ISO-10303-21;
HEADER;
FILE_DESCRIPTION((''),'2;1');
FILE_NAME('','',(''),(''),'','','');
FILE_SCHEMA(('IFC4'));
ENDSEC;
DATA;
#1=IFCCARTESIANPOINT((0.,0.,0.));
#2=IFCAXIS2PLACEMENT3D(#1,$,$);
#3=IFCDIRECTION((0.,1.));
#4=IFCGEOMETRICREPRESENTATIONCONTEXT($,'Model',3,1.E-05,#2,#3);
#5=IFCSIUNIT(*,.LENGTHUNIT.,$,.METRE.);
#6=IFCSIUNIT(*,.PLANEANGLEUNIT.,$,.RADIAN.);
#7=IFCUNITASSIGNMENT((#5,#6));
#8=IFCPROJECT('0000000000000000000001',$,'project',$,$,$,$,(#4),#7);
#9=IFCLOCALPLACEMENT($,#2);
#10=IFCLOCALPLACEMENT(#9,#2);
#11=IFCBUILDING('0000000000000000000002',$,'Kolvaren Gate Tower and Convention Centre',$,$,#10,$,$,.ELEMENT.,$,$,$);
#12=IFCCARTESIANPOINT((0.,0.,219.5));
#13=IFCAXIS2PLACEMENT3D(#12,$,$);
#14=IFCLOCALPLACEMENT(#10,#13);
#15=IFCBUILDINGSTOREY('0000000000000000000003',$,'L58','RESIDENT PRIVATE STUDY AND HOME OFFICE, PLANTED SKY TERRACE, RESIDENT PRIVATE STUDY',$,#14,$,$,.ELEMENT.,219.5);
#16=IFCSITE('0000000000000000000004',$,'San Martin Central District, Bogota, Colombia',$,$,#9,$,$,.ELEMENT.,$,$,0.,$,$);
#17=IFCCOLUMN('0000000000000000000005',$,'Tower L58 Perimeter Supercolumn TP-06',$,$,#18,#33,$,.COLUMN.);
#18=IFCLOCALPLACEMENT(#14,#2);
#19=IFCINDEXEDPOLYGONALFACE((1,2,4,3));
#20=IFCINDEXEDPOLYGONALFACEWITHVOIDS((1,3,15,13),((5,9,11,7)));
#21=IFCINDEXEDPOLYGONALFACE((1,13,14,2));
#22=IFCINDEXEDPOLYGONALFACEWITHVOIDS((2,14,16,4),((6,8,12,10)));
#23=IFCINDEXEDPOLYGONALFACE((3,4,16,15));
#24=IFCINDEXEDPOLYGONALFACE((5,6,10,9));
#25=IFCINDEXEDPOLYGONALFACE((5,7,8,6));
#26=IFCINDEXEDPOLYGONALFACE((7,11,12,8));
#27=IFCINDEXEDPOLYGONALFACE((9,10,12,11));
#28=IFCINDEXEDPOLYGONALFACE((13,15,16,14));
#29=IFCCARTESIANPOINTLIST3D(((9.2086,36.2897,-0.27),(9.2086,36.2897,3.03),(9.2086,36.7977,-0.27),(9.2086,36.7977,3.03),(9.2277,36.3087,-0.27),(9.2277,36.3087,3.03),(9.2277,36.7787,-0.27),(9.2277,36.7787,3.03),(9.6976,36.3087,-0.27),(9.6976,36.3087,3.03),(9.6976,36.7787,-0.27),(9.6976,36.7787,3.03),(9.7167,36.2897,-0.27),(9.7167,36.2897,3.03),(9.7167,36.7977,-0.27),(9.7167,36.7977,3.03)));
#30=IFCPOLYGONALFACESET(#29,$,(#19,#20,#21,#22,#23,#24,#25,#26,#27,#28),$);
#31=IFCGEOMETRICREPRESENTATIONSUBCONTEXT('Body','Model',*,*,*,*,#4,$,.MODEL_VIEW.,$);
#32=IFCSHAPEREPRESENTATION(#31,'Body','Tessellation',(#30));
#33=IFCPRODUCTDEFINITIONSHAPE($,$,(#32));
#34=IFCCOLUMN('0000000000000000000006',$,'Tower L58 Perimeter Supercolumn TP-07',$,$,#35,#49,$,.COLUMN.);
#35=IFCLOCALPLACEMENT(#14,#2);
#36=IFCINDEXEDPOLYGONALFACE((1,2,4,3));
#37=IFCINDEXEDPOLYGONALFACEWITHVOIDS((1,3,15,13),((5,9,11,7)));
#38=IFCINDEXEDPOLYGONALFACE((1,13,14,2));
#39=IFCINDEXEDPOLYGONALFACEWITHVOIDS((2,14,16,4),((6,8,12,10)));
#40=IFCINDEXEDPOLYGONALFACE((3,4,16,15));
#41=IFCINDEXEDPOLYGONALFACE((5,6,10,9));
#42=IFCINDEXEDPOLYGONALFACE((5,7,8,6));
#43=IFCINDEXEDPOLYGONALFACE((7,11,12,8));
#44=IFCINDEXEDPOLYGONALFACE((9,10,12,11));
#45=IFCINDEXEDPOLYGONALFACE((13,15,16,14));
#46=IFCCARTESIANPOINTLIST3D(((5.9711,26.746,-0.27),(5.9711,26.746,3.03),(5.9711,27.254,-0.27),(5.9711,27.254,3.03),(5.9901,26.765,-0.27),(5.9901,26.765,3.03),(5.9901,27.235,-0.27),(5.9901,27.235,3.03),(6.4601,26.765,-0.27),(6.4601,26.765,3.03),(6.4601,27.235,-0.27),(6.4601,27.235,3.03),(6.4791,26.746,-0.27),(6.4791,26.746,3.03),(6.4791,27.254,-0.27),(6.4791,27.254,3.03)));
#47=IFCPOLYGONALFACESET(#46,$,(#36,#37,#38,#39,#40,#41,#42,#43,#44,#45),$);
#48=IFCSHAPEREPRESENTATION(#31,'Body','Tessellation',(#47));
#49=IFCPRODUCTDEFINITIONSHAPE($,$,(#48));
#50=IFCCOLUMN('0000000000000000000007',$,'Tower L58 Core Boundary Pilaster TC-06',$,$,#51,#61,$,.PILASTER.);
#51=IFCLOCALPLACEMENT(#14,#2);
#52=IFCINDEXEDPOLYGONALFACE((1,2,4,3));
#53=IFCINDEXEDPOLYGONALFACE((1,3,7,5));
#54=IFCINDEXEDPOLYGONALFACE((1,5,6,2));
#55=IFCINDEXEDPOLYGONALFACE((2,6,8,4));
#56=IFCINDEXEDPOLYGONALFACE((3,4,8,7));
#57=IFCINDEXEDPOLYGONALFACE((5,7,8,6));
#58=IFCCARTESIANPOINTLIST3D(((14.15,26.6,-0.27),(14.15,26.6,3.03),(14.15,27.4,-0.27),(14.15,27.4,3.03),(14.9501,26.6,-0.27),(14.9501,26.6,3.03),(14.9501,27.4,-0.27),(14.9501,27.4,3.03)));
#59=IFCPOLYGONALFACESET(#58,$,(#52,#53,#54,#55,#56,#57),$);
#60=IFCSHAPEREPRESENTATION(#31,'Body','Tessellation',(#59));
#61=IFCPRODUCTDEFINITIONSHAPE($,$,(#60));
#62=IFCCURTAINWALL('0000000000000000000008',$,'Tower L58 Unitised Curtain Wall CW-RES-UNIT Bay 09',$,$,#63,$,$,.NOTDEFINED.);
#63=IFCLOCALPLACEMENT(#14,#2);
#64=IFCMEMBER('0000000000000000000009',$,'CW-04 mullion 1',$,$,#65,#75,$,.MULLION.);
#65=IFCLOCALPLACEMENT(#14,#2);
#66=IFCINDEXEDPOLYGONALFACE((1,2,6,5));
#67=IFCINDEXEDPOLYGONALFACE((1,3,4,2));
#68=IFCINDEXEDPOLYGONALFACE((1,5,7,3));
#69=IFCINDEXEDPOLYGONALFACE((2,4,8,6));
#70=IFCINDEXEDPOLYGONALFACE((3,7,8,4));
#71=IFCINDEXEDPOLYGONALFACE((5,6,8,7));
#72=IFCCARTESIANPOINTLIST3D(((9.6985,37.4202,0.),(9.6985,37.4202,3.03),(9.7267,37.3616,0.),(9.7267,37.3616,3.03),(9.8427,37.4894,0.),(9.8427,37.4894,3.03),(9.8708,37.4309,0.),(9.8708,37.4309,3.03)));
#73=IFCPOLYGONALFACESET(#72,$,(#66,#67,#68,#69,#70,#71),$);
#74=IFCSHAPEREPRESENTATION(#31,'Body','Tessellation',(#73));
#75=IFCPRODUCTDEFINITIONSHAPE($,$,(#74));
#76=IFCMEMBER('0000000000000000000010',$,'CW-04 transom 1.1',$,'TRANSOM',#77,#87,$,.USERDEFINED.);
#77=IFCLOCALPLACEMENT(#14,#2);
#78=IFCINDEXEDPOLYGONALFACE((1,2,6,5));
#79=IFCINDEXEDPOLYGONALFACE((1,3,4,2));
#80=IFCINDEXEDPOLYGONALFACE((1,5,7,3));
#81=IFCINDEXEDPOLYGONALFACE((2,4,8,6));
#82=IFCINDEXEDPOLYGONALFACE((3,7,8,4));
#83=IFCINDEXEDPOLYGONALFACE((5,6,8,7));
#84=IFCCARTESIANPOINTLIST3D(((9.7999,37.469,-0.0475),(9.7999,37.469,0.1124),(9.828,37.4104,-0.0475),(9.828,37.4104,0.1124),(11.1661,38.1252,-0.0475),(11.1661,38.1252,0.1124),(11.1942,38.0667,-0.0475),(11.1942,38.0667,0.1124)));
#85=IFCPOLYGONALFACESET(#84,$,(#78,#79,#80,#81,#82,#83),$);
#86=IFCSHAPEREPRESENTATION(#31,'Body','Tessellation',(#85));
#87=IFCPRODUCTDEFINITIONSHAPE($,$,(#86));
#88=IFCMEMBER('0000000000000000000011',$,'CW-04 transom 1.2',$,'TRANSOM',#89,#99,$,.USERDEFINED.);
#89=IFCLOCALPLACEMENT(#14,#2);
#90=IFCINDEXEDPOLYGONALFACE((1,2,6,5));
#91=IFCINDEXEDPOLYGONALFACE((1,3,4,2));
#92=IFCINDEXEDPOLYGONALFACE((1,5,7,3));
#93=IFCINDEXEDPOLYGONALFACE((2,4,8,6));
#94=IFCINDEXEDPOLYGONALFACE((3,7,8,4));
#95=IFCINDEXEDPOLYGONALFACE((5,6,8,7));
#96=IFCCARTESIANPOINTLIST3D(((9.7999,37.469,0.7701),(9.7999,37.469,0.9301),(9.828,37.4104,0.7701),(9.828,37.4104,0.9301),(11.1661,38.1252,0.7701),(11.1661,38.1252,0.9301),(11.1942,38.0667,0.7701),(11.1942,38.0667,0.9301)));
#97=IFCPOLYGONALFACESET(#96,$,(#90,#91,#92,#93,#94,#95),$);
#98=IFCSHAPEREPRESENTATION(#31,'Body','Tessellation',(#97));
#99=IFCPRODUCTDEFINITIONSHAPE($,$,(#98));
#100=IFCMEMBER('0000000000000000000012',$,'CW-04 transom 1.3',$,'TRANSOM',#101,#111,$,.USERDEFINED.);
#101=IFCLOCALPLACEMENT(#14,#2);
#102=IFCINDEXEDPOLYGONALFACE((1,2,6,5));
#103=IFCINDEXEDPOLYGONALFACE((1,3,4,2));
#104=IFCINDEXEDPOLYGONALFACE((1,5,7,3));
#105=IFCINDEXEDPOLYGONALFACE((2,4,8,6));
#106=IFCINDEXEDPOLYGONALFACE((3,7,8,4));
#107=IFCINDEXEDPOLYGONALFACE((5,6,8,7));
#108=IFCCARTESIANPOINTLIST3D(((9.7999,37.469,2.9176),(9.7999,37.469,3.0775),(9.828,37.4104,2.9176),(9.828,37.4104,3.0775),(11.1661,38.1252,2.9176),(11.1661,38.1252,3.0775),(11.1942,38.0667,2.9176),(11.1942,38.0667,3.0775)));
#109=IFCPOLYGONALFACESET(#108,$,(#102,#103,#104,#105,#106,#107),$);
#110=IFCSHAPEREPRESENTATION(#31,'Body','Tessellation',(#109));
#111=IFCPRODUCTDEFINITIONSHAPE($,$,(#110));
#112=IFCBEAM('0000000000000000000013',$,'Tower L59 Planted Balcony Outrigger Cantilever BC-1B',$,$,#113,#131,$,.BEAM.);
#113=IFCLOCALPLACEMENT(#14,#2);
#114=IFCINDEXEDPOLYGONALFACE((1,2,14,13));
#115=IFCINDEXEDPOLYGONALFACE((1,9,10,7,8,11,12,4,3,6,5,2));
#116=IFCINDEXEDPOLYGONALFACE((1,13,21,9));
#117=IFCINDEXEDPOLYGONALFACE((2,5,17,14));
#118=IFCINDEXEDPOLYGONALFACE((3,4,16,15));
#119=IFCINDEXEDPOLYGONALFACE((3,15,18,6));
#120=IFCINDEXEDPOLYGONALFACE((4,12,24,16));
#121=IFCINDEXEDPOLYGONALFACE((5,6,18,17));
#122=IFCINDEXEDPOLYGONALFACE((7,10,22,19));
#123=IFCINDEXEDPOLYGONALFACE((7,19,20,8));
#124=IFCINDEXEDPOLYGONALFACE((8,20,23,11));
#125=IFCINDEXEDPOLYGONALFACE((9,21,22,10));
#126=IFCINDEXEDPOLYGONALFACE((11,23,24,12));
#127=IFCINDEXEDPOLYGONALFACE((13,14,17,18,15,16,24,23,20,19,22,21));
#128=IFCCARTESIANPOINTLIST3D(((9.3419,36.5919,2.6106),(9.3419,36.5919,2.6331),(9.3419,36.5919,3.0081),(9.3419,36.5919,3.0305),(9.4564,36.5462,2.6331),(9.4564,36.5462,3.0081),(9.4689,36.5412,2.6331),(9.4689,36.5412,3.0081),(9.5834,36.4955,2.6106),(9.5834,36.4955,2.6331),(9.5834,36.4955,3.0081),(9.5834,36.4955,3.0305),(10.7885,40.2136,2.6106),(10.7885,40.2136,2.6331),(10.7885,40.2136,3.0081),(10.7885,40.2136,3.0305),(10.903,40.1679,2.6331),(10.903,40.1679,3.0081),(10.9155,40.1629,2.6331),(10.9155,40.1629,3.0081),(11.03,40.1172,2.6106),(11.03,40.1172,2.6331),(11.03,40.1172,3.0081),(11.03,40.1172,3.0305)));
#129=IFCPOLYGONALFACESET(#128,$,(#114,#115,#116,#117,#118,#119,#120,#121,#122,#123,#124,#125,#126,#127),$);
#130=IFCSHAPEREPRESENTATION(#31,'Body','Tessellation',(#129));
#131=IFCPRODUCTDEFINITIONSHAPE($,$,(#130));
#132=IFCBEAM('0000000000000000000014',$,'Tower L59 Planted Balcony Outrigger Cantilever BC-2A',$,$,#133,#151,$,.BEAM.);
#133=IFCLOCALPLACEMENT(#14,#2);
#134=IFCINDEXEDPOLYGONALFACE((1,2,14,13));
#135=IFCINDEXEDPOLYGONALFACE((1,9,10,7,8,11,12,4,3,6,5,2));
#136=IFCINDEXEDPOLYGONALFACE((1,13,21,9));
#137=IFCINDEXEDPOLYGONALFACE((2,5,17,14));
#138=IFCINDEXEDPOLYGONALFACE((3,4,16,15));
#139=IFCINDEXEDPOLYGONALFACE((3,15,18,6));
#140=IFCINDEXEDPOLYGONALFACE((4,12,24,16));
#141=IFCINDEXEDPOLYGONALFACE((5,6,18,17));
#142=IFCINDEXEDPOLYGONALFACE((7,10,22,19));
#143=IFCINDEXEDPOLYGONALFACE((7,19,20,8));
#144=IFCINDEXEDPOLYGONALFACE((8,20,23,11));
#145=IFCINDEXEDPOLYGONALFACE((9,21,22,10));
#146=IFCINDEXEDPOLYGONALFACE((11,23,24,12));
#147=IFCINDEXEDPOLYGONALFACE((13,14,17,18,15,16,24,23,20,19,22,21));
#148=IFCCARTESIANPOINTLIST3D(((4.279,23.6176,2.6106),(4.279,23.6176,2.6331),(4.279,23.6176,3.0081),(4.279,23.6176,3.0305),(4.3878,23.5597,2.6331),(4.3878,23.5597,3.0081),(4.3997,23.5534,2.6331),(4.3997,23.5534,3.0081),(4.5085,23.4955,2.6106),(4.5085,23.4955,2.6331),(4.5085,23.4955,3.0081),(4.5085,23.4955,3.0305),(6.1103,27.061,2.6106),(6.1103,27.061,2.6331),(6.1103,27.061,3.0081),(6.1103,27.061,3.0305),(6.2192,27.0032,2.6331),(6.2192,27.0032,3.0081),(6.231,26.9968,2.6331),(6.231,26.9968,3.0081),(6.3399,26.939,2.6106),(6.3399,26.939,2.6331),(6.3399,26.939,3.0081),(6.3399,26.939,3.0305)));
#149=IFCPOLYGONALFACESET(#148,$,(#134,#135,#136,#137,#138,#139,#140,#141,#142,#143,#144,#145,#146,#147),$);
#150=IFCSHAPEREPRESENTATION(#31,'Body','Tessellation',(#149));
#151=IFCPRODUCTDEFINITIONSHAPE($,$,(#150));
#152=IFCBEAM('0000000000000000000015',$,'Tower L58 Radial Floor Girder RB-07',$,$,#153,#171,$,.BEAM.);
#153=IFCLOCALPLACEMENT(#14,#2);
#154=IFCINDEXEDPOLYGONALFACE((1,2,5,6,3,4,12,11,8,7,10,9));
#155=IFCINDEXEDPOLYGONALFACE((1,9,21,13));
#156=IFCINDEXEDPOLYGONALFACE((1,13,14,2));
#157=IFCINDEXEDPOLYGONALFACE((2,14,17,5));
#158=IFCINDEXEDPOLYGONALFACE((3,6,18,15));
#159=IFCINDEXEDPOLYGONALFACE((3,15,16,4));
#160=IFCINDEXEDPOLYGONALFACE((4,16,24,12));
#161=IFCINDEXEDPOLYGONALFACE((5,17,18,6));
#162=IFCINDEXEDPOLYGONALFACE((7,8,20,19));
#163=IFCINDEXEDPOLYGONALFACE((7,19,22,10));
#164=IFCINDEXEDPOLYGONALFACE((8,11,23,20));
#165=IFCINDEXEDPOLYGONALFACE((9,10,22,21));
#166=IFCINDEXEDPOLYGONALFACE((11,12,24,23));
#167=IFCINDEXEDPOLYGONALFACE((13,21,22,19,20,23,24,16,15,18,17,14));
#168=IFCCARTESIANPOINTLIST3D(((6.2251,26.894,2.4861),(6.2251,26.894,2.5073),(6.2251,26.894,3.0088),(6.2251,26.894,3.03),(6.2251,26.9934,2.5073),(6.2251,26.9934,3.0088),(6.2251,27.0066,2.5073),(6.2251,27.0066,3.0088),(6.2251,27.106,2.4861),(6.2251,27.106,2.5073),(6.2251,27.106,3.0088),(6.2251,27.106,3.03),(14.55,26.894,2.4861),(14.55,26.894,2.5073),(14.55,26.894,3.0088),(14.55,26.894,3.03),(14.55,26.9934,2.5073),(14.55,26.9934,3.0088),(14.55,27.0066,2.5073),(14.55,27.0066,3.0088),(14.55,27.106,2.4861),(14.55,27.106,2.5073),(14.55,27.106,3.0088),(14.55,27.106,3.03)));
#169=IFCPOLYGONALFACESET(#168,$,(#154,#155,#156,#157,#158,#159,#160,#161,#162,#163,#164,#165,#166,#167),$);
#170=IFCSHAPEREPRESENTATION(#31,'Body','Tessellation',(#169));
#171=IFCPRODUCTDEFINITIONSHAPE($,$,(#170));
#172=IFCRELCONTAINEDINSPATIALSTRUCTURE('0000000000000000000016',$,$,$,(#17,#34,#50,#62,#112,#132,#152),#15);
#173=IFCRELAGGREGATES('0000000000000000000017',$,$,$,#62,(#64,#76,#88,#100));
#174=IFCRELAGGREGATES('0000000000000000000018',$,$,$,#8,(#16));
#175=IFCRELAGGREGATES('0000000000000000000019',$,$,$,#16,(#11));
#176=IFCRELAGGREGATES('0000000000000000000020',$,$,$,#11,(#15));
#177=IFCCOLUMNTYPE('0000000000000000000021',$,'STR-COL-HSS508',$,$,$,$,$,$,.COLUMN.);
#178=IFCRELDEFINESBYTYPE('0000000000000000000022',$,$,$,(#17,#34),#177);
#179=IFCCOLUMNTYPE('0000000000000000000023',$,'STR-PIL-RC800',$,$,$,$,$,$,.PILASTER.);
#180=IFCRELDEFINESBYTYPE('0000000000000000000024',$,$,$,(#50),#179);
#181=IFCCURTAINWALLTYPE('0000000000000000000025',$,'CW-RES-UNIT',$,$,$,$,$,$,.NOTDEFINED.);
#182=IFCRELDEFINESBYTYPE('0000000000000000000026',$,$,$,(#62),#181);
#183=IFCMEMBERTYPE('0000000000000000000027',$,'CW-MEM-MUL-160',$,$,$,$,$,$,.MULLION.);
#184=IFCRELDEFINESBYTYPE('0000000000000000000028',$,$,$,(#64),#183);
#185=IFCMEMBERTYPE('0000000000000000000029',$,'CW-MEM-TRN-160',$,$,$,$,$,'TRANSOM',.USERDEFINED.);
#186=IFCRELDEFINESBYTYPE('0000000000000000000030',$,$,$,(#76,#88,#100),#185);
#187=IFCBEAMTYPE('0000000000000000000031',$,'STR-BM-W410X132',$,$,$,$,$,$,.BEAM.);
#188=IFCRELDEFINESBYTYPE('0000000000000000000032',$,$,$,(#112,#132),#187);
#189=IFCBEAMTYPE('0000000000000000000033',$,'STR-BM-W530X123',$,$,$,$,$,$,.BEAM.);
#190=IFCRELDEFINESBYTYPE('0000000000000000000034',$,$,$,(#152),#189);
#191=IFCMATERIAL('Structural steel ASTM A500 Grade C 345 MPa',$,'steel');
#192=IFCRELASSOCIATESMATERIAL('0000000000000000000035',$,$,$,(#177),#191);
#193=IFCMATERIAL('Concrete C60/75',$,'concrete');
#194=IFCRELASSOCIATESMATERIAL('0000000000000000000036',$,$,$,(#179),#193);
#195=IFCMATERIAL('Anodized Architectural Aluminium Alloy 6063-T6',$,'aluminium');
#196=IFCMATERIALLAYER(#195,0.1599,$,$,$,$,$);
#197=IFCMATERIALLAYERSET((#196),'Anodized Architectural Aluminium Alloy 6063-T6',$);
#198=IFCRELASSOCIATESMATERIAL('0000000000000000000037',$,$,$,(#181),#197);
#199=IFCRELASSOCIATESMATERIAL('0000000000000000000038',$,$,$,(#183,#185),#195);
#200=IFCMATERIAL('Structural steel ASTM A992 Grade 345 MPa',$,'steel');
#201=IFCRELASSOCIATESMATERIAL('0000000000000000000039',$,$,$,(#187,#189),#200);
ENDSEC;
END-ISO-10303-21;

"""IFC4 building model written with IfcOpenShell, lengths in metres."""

from ifc_helpers import new_model, si_unit, direction, frame, origin, origin_2d, place, context, subcontext, project, spatial, rectangle, hollow_rectangle, i_section, extrude, material, layer, layer_set, material_profile, profile_set, type_object, element, aggregate, save


model = new_model("IFC4")

# Units and contexts
model_context = context("Model", 3, precision=1e-05, world=origin(), true_north=direction((0.0, 1.0)))
body_context = subcontext(model_context, "Body", "Model", "MODEL_VIEW")
ifc_project = project(units=[si_unit("LENGTHUNIT", "METRE"), si_unit("PLANEANGLEUNIT", "RADIAN")], contexts=[model_context])

# Site, building, storey
site_placement = place(None, origin())
site = spatial("IfcSite", under=ifc_project, at=site_placement, Name="San Martin Central District, Bogota, Colombia", CompositionType="ELEMENT", RefElevation=0.0)
building_placement = place(site_placement, origin())
building = spatial("IfcBuilding", under=site, at=building_placement, Name="Kolvaren Gate Tower and Convention Centre", CompositionType="ELEMENT")
storey_placement = place(building_placement, frame((0.0, 0.0, 219.5)))
storey = spatial("IfcBuildingStorey", under=building, at=storey_placement, Name="L58", Description="RESIDENT PRIVATE STUDY AND HOME OFFICE, PLANTED SKY TERRACE, RESIDENT PRIVATE STUDY", CompositionType="ELEMENT", Elevation=219.5)

# Columns
ifc_material_1 = material(Name="Structural steel ASTM A500 Grade C 345 MPa", Category="steel")
ifc_material_profile_1 = material_profile(ifc_material_1, hollow_rectangle(XDim=0.5081, YDim=0.5081, WallThickness=0.019, at=origin_2d()), Name="HSS508X508X19.1")
ifc_profile_set_1 = profile_set([ifc_material_profile_1], Name="Structural steel ASTM A500 Grade C 345 MPa")
column_type_1 = type_object("IfcColumnType", Name="STR-COL-HSS508", PredefinedType="COLUMN", material=ifc_profile_set_1)
for number, where, z_axis, x_axis, name in (
    (1, (9.4626, 36.5437, -0.27), (0.0, 0.0, 1.0), (1.0, 0.0, 0.0), "Tower L58 Perimeter Supercolumn TP-06"),
    (2, (6.2251, 27.0, -0.27), (0.0, 0.0, 1.0), (1.0, 0.0, 0.0), "Tower L58 Perimeter Supercolumn TP-07"),
):
    element("IfcColumn", number, at=place(storey_placement, frame(where, z_axis=z_axis, x_axis=x_axis)), inside=storey, type_object=column_type_1, Name=name, PredefinedType="COLUMN", context=body_context, shape_type="SweptSolid", body=[
        extrude(hollow_rectangle(XDim=0.5081, YDim=0.5081, WallThickness=0.019, at=origin_2d()), origin(), (0.0, 0.0, 1.0), 3.3),
    ])
ifc_material_2 = material(Name="Concrete C60/75", Category="concrete")
ifc_material_profile_2 = material_profile(ifc_material_2, rectangle(XDim=0.8, YDim=0.8, at=origin_2d()), Name="RC-COL-800X800")
ifc_profile_set_2 = profile_set([ifc_material_profile_2], Name="Concrete C60/75")
column_type_2 = type_object("IfcColumnType", Name="STR-PIL-RC800", PredefinedType="PILASTER", material=ifc_profile_set_2)
column_placement = place(storey_placement, frame((14.55, 27.0, -0.27), z_axis=(0.0, 0.0, 1.0), x_axis=(1.0, 0.0, 0.0)))
element("IfcColumn", 3, at=column_placement, inside=storey, type_object=column_type_2, Name="Tower L58 Core Boundary Pilaster TC-06", PredefinedType="PILASTER", context=body_context, shape_type="SweptSolid", body=[
    extrude(rectangle(XDim=0.8, YDim=0.8, at=origin_2d()), origin(), (0.0, 0.0, 1.0), 3.3),
])

# Curtain wall, members
ifc_material_3 = material(Name="Anodized Architectural Aluminium Alloy 6063-T6", Category="aluminium")
ifc_layer_1 = layer(ifc_material_3, 0.1599)
ifc_layer_set_1 = layer_set([ifc_layer_1], Name="Anodized Architectural Aluminium Alloy 6063-T6")
curtain_wall_type = type_object("IfcCurtainWallType", Name="CW-RES-UNIT", PredefinedType="NOTDEFINED", material=ifc_layer_set_1)
curtain_wall_placement = place(storey_placement, origin())
curtain_wall = element("IfcCurtainWall", 4, at=curtain_wall_placement, inside=storey, type_object=curtain_wall_type, Name="Tower L58 Unitised Curtain Wall CW-RES-UNIT Bay 09", PredefinedType="NOTDEFINED")
ifc_material_profile_3 = material_profile(ifc_material_3, rectangle(XDim=0.0649, YDim=0.1599, at=origin_2d()), Name="CW-MEM-MUL-160")
ifc_profile_set_3 = profile_set([ifc_material_profile_3], Name="Anodized Architectural Aluminium Alloy 6063-T6")
member_type_1 = type_object("IfcMemberType", Name="CW-MEM-MUL-160", PredefinedType="MULLION", material=ifc_profile_set_3)
member_1_placement = place(storey_placement, frame((9.7847, 37.4255, 0.0), z_axis=(0.0, 0.0, 1.0), x_axis=(-0.433066, 0.901362, 0.0)))
member_1 = element("IfcMember", 5, at=member_1_placement, type_object=member_type_1, Name="CW-04 mullion 1", PredefinedType="MULLION", context=body_context, shape_type="SweptSolid", body=[
    extrude(rectangle(XDim=0.0649, YDim=0.1599, at=origin_2d()), origin(), (0.0, 0.0, 1.0), 3.03),
])
ifc_material_profile_4 = material_profile(ifc_material_3, rectangle(XDim=0.0649, YDim=0.1599, at=origin_2d()), Name="CW-MEM-TRN-160")
ifc_profile_set_4 = profile_set([ifc_material_profile_4], Name="Anodized Architectural Aluminium Alloy 6063-T6")
member_type_2 = type_object("IfcMemberType", Name="CW-MEM-TRN-160", ElementType="TRANSOM", PredefinedType="USERDEFINED", material=ifc_profile_set_4)
member_2_placement = place(storey_placement, frame((9.814, 37.4397, 0.0325), z_axis=(0.901402, 0.432982, 0.0), x_axis=(-0.432982, 0.901402, 0.0)))
member_2 = element("IfcMember", 6, at=member_2_placement, type_object=member_type_2, Name="CW-04 transom 1.1", ObjectType="TRANSOM", PredefinedType="USERDEFINED", context=body_context, shape_type="SweptSolid", body=[
    extrude(rectangle(XDim=0.0649, YDim=0.1599, at=origin_2d()), origin(), (0.0, 0.0, 1.0), 1.5156),
])
member_3_placement = place(storey_placement, frame((9.814, 37.4397, 0.8501), z_axis=(0.901402, 0.432982, 0.0), x_axis=(-0.432982, 0.901402, 0.0)))
member_3 = element("IfcMember", 7, at=member_3_placement, type_object=member_type_2, Name="CW-04 transom 1.2", ObjectType="TRANSOM", PredefinedType="USERDEFINED", context=body_context, shape_type="SweptSolid", body=[
    extrude(rectangle(XDim=0.0649, YDim=0.1599, at=origin_2d()), origin(), (0.0, 0.0, 1.0), 1.5156),
])
member_4_placement = place(storey_placement, frame((9.814, 37.4397, 2.9976), z_axis=(0.901402, 0.432982, 0.0), x_axis=(-0.432982, 0.901402, 0.0)))
member_4 = element("IfcMember", 8, at=member_4_placement, type_object=member_type_2, Name="CW-04 transom 1.3", ObjectType="TRANSOM", PredefinedType="USERDEFINED", context=body_context, shape_type="SweptSolid", body=[
    extrude(rectangle(XDim=0.0649, YDim=0.1599, at=origin_2d()), origin(), (0.0, 0.0, 1.0), 1.5156),
])
aggregate(curtain_wall, [member_1, member_2, member_3, member_4])

# Beams
ifc_material_4 = material(Name="Structural steel ASTM A992 Grade 345 MPa", Category="steel")
ifc_material_profile_5 = material_profile(ifc_material_4, i_section(OverallWidth=0.26, OverallDepth=0.4199, WebThickness=0.0134, FlangeThickness=0.0225, at=origin_2d()), Name="W410X132")
ifc_profile_set_5 = profile_set([ifc_material_profile_5], Name="Structural steel ASTM A992 Grade 345 MPa")
beam_type_1 = type_object("IfcBeamType", Name="STR-BM-W410X132", PredefinedType="BEAM", material=ifc_profile_set_5)
beam_1_placement = place(storey_placement, frame((9.4626, 36.5437, 2.8206), z_axis=(0.370926, 0.928662, 0.0), x_axis=(-0.928662, 0.370926, 0.0)))
element("IfcBeam", 9, at=beam_1_placement, inside=storey, type_object=beam_type_1, Name="Tower L59 Planted Balcony Outrigger Cantilever BC-1B", PredefinedType="BEAM", context=body_context, shape_type="SweptSolid", body=[
    extrude(i_section(OverallWidth=0.26, OverallDepth=0.4199, WebThickness=0.0134, FlangeThickness=0.0225, at=origin_2d()), origin(), (0.0, 0.0, 1.0), 3.8999),
])
beam_2_placement = place(storey_placement, frame((6.2251, 27.0, 2.8206), z_axis=(-0.469558, -0.882902, 0.0), x_axis=(0.882902, -0.469558, 0.0)))
element("IfcBeam", 10, at=beam_2_placement, inside=storey, type_object=beam_type_1, Name="Tower L59 Planted Balcony Outrigger Cantilever BC-2A", PredefinedType="BEAM", context=body_context, shape_type="SweptSolid", body=[
    extrude(i_section(OverallWidth=0.26, OverallDepth=0.4199, WebThickness=0.0134, FlangeThickness=0.0225, at=origin_2d()), origin(), (0.0, 0.0, 1.0), 3.9001),
])
ifc_material_profile_6 = material_profile(ifc_material_4, i_section(OverallWidth=0.2119, OverallDepth=0.5439, WebThickness=0.0132, FlangeThickness=0.0212, at=origin_2d()), Name="W530X123")
ifc_profile_set_6 = profile_set([ifc_material_profile_6], Name="Structural steel ASTM A992 Grade 345 MPa")
beam_type_2 = type_object("IfcBeamType", Name="STR-BM-W530X123", PredefinedType="BEAM", material=ifc_profile_set_6)
beam_3_placement = place(storey_placement, frame((14.55, 27.0, 2.7581), z_axis=(-1.0, 0.0, 0.0), x_axis=(0.0, -1.0, 0.0)))
element("IfcBeam", 11, at=beam_3_placement, inside=storey, type_object=beam_type_2, Name="Tower L58 Radial Floor Girder RB-07", PredefinedType="BEAM", context=body_context, shape_type="SweptSolid", body=[
    extrude(i_section(OverallWidth=0.2119, OverallDepth=0.5439, WebThickness=0.0132, FlangeThickness=0.0212, at=origin_2d()), origin(), (0.0, 0.0, 1.0), 8.325),
])

save(model, "model.ifc")
